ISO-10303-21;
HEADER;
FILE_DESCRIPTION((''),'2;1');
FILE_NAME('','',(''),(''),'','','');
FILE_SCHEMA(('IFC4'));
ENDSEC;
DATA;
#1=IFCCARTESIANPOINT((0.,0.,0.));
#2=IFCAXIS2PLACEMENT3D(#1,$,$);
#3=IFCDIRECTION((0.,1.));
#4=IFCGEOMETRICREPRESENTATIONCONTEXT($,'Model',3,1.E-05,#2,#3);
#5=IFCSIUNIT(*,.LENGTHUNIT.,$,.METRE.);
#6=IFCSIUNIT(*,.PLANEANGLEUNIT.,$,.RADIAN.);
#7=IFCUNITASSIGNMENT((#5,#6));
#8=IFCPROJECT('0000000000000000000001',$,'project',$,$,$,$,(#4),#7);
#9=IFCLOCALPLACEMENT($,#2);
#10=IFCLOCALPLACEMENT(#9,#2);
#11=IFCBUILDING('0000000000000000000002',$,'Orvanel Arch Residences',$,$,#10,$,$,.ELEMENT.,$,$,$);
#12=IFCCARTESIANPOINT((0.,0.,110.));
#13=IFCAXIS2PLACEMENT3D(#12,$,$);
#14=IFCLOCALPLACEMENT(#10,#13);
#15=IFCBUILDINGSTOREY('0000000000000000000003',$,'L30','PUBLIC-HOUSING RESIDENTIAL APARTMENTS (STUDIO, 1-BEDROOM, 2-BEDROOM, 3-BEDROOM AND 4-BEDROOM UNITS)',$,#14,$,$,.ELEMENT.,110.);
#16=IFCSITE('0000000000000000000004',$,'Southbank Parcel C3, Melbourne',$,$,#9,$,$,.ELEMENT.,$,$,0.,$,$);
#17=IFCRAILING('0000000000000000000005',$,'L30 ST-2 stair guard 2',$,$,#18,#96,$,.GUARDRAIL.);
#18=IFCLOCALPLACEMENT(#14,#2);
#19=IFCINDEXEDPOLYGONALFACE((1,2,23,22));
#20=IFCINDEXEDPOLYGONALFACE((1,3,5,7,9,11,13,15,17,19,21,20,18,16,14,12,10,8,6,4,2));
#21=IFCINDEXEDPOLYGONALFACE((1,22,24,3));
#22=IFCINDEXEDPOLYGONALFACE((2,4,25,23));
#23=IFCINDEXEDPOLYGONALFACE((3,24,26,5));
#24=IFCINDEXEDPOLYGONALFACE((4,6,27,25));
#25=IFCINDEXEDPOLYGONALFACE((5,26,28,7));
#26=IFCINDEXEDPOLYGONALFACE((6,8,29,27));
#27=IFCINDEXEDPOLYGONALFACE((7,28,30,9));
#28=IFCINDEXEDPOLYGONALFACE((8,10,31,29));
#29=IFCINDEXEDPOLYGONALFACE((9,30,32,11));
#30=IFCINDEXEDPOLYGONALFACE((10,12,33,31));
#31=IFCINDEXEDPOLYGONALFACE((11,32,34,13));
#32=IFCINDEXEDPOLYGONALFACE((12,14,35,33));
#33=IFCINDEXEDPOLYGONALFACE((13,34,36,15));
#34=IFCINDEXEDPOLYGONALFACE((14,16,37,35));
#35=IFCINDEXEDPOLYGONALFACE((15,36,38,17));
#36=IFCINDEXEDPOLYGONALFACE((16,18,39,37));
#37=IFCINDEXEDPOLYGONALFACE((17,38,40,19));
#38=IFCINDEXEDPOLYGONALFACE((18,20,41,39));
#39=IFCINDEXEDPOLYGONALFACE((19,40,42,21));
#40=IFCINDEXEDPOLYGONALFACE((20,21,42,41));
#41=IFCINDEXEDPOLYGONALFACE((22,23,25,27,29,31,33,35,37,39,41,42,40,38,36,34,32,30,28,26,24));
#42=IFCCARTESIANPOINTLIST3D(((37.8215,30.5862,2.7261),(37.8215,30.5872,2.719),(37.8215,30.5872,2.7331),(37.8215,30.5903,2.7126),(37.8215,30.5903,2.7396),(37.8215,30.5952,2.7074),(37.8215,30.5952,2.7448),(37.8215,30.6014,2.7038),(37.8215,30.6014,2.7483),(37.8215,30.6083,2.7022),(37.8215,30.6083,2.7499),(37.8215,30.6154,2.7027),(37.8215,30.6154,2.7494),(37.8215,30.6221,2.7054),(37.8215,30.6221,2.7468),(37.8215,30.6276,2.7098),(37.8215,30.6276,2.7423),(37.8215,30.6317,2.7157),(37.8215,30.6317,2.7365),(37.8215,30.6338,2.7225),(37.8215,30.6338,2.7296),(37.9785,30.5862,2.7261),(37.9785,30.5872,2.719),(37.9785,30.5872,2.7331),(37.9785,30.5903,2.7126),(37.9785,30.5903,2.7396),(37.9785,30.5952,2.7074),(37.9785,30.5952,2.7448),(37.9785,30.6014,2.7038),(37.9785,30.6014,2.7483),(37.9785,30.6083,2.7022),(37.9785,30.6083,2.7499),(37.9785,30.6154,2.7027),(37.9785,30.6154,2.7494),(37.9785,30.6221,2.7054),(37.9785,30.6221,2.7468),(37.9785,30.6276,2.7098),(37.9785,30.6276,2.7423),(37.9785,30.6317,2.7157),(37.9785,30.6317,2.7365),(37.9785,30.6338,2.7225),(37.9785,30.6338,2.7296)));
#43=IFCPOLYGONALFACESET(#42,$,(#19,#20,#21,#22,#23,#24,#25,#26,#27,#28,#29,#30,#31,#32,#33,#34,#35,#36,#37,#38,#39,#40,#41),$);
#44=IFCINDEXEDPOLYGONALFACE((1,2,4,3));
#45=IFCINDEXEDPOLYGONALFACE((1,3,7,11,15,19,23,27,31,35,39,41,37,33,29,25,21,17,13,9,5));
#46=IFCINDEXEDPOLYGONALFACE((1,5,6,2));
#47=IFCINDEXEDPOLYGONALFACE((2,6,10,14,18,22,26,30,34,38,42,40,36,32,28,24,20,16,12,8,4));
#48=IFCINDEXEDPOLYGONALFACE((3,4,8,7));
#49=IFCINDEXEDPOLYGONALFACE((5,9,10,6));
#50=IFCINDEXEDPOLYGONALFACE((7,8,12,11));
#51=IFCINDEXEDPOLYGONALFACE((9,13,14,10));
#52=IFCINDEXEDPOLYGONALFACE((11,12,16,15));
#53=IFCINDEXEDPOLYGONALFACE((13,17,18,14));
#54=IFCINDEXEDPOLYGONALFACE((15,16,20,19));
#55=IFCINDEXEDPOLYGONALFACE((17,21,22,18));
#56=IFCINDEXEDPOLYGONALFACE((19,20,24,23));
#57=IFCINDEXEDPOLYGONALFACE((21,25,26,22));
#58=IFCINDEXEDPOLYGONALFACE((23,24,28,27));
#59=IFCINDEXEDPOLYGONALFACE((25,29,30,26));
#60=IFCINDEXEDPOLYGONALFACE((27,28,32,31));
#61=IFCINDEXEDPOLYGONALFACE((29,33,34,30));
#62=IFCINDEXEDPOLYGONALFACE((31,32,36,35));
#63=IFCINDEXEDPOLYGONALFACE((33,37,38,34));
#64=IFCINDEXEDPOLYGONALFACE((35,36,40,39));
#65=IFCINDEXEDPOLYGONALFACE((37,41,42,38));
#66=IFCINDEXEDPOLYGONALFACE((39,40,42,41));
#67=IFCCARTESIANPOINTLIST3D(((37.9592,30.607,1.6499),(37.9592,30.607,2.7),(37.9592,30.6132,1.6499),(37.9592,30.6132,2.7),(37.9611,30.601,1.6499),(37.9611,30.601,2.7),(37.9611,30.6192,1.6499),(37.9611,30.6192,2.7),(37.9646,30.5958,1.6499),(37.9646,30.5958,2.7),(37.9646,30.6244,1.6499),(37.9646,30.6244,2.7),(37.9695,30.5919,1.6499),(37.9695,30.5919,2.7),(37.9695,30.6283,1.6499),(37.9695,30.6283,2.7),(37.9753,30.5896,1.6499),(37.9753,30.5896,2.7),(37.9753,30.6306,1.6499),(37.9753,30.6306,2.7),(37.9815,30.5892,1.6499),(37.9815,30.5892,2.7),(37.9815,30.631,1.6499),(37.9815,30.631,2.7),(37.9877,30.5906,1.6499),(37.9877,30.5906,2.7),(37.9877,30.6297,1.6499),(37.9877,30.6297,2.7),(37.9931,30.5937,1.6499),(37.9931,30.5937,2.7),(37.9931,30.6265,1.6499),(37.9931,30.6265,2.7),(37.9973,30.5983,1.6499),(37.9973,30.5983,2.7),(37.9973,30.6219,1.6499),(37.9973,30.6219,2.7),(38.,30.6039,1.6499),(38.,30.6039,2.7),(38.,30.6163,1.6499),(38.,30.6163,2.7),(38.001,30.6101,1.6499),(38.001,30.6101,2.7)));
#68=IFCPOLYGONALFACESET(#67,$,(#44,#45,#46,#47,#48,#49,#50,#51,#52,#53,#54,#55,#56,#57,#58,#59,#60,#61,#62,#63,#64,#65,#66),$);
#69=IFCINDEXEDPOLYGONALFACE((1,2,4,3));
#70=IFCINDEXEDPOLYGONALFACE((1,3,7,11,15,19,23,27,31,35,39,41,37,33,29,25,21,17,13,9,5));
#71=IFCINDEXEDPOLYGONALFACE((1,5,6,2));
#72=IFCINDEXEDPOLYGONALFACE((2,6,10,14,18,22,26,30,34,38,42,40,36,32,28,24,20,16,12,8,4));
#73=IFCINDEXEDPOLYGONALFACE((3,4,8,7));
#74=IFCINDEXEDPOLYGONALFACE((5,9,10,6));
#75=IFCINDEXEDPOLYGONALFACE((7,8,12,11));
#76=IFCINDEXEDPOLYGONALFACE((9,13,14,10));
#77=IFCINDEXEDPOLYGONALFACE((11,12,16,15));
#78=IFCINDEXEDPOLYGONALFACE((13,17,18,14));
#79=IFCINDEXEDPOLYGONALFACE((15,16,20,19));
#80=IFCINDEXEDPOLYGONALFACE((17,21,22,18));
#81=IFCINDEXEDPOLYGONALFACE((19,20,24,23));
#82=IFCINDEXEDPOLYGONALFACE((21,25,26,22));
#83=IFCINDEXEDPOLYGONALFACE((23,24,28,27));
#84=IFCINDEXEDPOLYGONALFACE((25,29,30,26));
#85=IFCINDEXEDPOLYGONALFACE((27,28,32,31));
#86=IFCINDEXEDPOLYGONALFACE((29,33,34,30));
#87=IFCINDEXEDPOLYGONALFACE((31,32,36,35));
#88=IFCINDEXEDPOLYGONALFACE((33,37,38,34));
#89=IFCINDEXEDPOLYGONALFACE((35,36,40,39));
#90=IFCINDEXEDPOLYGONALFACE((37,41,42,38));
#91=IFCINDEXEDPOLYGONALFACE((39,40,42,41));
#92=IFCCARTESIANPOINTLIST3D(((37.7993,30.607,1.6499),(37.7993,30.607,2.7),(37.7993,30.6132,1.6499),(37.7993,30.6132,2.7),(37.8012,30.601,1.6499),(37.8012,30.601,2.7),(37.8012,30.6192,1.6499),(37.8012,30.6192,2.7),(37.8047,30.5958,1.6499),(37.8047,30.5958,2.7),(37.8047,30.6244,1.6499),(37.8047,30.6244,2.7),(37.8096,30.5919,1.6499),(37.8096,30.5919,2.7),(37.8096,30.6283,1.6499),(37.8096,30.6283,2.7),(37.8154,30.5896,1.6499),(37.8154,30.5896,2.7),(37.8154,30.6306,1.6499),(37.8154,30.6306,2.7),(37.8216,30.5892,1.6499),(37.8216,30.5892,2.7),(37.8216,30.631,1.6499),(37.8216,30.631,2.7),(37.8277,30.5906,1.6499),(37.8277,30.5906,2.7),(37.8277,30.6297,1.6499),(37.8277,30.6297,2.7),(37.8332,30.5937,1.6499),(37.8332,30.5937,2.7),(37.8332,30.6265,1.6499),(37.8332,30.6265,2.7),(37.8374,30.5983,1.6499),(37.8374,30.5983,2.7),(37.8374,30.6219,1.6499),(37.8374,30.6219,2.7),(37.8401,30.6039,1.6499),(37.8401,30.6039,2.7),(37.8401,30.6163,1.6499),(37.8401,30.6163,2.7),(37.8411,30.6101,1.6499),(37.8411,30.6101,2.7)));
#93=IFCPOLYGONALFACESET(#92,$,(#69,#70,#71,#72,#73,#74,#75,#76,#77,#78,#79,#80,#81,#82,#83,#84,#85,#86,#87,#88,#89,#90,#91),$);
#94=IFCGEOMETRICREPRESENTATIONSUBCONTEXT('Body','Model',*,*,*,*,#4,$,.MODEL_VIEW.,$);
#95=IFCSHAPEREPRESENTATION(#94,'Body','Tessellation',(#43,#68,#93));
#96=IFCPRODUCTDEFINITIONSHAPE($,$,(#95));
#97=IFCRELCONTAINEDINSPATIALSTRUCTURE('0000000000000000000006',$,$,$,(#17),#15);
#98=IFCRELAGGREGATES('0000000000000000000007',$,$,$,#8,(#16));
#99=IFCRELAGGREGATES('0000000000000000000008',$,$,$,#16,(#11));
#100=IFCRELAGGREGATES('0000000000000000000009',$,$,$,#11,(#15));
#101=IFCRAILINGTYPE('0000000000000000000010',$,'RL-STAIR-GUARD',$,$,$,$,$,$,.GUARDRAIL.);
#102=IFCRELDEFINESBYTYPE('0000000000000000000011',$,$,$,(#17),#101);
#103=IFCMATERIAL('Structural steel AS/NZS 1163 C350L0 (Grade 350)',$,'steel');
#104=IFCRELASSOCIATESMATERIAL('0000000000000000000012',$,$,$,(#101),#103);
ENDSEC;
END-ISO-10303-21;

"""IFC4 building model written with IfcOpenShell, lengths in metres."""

from ifc_helpers import new_model, si_unit, direction, frame, origin, origin_2d, place, context, subcontext, project, spatial, circle, extrude, material, type_object, element, save


model = new_model("IFC4")

# Units and contexts
model_context = context("Model", 3, precision=1e-05, world=origin(), true_north=direction((0.0, 1.0)))
body_context = subcontext(model_context, "Body", "Model", "MODEL_VIEW")
ifc_project = project(units=[si_unit("LENGTHUNIT", "METRE"), si_unit("PLANEANGLEUNIT", "RADIAN")], contexts=[model_context])

# Site, building, storey
site_placement = place(None, origin())
site = spatial("IfcSite", under=ifc_project, at=site_placement, Name="Southbank Parcel C3, Melbourne", CompositionType="ELEMENT", RefElevation=0.0)
building_placement = place(site_placement, origin())
building = spatial("IfcBuilding", under=site, at=building_placement, Name="Orvanel Arch Residences", CompositionType="ELEMENT")
storey_placement = place(building_placement, frame((0.0, 0.0, 110.0)))
storey = spatial("IfcBuildingStorey", under=building, at=storey_placement, Name="L30", Description="PUBLIC-HOUSING RESIDENTIAL APARTMENTS (STUDIO, 1-BEDROOM, 2-BEDROOM, 3-BEDROOM AND 4-BEDROOM UNITS)", CompositionType="ELEMENT", Elevation=110.0)

# Railing
ifc_material_1 = material(Name="Structural steel AS/NZS 1163 C350L0 (Grade 350)", Category="steel")
railing_type_1 = type_object("IfcRailingType", Name="RL-STAIR-GUARD", PredefinedType="GUARDRAIL", material=ifc_material_1)
railing_1_placement = place(storey_placement, frame((37.98, 30.6101, 1.6499)))
element("IfcRailing", 1, at=railing_1_placement, inside=storey, type_object=railing_type_1, Name="L30 ST-2 stair guard 2", PredefinedType="GUARDRAIL", context=body_context, shape_type="SweptSolid", body=[
    extrude(circle(Radius=0.0239, at=origin_2d()), frame((-0.0015, 0.0, 1.0762), z_axis=(-1.0, 0.0, 0.0), x_axis=(0.0, -1.0, 0.0)), (0.0, 0.0, 1.0), 0.157),
    extrude(circle(Radius=0.021, at=origin_2d()), origin(), (0.0, 0.0, 1.0), 1.05),
    extrude(circle(Radius=0.021, at=origin_2d()), frame((-0.1599, 0.0, 0.0)), (0.0, 0.0, 1.0), 1.05),
])

save(model, "model.ifc")
